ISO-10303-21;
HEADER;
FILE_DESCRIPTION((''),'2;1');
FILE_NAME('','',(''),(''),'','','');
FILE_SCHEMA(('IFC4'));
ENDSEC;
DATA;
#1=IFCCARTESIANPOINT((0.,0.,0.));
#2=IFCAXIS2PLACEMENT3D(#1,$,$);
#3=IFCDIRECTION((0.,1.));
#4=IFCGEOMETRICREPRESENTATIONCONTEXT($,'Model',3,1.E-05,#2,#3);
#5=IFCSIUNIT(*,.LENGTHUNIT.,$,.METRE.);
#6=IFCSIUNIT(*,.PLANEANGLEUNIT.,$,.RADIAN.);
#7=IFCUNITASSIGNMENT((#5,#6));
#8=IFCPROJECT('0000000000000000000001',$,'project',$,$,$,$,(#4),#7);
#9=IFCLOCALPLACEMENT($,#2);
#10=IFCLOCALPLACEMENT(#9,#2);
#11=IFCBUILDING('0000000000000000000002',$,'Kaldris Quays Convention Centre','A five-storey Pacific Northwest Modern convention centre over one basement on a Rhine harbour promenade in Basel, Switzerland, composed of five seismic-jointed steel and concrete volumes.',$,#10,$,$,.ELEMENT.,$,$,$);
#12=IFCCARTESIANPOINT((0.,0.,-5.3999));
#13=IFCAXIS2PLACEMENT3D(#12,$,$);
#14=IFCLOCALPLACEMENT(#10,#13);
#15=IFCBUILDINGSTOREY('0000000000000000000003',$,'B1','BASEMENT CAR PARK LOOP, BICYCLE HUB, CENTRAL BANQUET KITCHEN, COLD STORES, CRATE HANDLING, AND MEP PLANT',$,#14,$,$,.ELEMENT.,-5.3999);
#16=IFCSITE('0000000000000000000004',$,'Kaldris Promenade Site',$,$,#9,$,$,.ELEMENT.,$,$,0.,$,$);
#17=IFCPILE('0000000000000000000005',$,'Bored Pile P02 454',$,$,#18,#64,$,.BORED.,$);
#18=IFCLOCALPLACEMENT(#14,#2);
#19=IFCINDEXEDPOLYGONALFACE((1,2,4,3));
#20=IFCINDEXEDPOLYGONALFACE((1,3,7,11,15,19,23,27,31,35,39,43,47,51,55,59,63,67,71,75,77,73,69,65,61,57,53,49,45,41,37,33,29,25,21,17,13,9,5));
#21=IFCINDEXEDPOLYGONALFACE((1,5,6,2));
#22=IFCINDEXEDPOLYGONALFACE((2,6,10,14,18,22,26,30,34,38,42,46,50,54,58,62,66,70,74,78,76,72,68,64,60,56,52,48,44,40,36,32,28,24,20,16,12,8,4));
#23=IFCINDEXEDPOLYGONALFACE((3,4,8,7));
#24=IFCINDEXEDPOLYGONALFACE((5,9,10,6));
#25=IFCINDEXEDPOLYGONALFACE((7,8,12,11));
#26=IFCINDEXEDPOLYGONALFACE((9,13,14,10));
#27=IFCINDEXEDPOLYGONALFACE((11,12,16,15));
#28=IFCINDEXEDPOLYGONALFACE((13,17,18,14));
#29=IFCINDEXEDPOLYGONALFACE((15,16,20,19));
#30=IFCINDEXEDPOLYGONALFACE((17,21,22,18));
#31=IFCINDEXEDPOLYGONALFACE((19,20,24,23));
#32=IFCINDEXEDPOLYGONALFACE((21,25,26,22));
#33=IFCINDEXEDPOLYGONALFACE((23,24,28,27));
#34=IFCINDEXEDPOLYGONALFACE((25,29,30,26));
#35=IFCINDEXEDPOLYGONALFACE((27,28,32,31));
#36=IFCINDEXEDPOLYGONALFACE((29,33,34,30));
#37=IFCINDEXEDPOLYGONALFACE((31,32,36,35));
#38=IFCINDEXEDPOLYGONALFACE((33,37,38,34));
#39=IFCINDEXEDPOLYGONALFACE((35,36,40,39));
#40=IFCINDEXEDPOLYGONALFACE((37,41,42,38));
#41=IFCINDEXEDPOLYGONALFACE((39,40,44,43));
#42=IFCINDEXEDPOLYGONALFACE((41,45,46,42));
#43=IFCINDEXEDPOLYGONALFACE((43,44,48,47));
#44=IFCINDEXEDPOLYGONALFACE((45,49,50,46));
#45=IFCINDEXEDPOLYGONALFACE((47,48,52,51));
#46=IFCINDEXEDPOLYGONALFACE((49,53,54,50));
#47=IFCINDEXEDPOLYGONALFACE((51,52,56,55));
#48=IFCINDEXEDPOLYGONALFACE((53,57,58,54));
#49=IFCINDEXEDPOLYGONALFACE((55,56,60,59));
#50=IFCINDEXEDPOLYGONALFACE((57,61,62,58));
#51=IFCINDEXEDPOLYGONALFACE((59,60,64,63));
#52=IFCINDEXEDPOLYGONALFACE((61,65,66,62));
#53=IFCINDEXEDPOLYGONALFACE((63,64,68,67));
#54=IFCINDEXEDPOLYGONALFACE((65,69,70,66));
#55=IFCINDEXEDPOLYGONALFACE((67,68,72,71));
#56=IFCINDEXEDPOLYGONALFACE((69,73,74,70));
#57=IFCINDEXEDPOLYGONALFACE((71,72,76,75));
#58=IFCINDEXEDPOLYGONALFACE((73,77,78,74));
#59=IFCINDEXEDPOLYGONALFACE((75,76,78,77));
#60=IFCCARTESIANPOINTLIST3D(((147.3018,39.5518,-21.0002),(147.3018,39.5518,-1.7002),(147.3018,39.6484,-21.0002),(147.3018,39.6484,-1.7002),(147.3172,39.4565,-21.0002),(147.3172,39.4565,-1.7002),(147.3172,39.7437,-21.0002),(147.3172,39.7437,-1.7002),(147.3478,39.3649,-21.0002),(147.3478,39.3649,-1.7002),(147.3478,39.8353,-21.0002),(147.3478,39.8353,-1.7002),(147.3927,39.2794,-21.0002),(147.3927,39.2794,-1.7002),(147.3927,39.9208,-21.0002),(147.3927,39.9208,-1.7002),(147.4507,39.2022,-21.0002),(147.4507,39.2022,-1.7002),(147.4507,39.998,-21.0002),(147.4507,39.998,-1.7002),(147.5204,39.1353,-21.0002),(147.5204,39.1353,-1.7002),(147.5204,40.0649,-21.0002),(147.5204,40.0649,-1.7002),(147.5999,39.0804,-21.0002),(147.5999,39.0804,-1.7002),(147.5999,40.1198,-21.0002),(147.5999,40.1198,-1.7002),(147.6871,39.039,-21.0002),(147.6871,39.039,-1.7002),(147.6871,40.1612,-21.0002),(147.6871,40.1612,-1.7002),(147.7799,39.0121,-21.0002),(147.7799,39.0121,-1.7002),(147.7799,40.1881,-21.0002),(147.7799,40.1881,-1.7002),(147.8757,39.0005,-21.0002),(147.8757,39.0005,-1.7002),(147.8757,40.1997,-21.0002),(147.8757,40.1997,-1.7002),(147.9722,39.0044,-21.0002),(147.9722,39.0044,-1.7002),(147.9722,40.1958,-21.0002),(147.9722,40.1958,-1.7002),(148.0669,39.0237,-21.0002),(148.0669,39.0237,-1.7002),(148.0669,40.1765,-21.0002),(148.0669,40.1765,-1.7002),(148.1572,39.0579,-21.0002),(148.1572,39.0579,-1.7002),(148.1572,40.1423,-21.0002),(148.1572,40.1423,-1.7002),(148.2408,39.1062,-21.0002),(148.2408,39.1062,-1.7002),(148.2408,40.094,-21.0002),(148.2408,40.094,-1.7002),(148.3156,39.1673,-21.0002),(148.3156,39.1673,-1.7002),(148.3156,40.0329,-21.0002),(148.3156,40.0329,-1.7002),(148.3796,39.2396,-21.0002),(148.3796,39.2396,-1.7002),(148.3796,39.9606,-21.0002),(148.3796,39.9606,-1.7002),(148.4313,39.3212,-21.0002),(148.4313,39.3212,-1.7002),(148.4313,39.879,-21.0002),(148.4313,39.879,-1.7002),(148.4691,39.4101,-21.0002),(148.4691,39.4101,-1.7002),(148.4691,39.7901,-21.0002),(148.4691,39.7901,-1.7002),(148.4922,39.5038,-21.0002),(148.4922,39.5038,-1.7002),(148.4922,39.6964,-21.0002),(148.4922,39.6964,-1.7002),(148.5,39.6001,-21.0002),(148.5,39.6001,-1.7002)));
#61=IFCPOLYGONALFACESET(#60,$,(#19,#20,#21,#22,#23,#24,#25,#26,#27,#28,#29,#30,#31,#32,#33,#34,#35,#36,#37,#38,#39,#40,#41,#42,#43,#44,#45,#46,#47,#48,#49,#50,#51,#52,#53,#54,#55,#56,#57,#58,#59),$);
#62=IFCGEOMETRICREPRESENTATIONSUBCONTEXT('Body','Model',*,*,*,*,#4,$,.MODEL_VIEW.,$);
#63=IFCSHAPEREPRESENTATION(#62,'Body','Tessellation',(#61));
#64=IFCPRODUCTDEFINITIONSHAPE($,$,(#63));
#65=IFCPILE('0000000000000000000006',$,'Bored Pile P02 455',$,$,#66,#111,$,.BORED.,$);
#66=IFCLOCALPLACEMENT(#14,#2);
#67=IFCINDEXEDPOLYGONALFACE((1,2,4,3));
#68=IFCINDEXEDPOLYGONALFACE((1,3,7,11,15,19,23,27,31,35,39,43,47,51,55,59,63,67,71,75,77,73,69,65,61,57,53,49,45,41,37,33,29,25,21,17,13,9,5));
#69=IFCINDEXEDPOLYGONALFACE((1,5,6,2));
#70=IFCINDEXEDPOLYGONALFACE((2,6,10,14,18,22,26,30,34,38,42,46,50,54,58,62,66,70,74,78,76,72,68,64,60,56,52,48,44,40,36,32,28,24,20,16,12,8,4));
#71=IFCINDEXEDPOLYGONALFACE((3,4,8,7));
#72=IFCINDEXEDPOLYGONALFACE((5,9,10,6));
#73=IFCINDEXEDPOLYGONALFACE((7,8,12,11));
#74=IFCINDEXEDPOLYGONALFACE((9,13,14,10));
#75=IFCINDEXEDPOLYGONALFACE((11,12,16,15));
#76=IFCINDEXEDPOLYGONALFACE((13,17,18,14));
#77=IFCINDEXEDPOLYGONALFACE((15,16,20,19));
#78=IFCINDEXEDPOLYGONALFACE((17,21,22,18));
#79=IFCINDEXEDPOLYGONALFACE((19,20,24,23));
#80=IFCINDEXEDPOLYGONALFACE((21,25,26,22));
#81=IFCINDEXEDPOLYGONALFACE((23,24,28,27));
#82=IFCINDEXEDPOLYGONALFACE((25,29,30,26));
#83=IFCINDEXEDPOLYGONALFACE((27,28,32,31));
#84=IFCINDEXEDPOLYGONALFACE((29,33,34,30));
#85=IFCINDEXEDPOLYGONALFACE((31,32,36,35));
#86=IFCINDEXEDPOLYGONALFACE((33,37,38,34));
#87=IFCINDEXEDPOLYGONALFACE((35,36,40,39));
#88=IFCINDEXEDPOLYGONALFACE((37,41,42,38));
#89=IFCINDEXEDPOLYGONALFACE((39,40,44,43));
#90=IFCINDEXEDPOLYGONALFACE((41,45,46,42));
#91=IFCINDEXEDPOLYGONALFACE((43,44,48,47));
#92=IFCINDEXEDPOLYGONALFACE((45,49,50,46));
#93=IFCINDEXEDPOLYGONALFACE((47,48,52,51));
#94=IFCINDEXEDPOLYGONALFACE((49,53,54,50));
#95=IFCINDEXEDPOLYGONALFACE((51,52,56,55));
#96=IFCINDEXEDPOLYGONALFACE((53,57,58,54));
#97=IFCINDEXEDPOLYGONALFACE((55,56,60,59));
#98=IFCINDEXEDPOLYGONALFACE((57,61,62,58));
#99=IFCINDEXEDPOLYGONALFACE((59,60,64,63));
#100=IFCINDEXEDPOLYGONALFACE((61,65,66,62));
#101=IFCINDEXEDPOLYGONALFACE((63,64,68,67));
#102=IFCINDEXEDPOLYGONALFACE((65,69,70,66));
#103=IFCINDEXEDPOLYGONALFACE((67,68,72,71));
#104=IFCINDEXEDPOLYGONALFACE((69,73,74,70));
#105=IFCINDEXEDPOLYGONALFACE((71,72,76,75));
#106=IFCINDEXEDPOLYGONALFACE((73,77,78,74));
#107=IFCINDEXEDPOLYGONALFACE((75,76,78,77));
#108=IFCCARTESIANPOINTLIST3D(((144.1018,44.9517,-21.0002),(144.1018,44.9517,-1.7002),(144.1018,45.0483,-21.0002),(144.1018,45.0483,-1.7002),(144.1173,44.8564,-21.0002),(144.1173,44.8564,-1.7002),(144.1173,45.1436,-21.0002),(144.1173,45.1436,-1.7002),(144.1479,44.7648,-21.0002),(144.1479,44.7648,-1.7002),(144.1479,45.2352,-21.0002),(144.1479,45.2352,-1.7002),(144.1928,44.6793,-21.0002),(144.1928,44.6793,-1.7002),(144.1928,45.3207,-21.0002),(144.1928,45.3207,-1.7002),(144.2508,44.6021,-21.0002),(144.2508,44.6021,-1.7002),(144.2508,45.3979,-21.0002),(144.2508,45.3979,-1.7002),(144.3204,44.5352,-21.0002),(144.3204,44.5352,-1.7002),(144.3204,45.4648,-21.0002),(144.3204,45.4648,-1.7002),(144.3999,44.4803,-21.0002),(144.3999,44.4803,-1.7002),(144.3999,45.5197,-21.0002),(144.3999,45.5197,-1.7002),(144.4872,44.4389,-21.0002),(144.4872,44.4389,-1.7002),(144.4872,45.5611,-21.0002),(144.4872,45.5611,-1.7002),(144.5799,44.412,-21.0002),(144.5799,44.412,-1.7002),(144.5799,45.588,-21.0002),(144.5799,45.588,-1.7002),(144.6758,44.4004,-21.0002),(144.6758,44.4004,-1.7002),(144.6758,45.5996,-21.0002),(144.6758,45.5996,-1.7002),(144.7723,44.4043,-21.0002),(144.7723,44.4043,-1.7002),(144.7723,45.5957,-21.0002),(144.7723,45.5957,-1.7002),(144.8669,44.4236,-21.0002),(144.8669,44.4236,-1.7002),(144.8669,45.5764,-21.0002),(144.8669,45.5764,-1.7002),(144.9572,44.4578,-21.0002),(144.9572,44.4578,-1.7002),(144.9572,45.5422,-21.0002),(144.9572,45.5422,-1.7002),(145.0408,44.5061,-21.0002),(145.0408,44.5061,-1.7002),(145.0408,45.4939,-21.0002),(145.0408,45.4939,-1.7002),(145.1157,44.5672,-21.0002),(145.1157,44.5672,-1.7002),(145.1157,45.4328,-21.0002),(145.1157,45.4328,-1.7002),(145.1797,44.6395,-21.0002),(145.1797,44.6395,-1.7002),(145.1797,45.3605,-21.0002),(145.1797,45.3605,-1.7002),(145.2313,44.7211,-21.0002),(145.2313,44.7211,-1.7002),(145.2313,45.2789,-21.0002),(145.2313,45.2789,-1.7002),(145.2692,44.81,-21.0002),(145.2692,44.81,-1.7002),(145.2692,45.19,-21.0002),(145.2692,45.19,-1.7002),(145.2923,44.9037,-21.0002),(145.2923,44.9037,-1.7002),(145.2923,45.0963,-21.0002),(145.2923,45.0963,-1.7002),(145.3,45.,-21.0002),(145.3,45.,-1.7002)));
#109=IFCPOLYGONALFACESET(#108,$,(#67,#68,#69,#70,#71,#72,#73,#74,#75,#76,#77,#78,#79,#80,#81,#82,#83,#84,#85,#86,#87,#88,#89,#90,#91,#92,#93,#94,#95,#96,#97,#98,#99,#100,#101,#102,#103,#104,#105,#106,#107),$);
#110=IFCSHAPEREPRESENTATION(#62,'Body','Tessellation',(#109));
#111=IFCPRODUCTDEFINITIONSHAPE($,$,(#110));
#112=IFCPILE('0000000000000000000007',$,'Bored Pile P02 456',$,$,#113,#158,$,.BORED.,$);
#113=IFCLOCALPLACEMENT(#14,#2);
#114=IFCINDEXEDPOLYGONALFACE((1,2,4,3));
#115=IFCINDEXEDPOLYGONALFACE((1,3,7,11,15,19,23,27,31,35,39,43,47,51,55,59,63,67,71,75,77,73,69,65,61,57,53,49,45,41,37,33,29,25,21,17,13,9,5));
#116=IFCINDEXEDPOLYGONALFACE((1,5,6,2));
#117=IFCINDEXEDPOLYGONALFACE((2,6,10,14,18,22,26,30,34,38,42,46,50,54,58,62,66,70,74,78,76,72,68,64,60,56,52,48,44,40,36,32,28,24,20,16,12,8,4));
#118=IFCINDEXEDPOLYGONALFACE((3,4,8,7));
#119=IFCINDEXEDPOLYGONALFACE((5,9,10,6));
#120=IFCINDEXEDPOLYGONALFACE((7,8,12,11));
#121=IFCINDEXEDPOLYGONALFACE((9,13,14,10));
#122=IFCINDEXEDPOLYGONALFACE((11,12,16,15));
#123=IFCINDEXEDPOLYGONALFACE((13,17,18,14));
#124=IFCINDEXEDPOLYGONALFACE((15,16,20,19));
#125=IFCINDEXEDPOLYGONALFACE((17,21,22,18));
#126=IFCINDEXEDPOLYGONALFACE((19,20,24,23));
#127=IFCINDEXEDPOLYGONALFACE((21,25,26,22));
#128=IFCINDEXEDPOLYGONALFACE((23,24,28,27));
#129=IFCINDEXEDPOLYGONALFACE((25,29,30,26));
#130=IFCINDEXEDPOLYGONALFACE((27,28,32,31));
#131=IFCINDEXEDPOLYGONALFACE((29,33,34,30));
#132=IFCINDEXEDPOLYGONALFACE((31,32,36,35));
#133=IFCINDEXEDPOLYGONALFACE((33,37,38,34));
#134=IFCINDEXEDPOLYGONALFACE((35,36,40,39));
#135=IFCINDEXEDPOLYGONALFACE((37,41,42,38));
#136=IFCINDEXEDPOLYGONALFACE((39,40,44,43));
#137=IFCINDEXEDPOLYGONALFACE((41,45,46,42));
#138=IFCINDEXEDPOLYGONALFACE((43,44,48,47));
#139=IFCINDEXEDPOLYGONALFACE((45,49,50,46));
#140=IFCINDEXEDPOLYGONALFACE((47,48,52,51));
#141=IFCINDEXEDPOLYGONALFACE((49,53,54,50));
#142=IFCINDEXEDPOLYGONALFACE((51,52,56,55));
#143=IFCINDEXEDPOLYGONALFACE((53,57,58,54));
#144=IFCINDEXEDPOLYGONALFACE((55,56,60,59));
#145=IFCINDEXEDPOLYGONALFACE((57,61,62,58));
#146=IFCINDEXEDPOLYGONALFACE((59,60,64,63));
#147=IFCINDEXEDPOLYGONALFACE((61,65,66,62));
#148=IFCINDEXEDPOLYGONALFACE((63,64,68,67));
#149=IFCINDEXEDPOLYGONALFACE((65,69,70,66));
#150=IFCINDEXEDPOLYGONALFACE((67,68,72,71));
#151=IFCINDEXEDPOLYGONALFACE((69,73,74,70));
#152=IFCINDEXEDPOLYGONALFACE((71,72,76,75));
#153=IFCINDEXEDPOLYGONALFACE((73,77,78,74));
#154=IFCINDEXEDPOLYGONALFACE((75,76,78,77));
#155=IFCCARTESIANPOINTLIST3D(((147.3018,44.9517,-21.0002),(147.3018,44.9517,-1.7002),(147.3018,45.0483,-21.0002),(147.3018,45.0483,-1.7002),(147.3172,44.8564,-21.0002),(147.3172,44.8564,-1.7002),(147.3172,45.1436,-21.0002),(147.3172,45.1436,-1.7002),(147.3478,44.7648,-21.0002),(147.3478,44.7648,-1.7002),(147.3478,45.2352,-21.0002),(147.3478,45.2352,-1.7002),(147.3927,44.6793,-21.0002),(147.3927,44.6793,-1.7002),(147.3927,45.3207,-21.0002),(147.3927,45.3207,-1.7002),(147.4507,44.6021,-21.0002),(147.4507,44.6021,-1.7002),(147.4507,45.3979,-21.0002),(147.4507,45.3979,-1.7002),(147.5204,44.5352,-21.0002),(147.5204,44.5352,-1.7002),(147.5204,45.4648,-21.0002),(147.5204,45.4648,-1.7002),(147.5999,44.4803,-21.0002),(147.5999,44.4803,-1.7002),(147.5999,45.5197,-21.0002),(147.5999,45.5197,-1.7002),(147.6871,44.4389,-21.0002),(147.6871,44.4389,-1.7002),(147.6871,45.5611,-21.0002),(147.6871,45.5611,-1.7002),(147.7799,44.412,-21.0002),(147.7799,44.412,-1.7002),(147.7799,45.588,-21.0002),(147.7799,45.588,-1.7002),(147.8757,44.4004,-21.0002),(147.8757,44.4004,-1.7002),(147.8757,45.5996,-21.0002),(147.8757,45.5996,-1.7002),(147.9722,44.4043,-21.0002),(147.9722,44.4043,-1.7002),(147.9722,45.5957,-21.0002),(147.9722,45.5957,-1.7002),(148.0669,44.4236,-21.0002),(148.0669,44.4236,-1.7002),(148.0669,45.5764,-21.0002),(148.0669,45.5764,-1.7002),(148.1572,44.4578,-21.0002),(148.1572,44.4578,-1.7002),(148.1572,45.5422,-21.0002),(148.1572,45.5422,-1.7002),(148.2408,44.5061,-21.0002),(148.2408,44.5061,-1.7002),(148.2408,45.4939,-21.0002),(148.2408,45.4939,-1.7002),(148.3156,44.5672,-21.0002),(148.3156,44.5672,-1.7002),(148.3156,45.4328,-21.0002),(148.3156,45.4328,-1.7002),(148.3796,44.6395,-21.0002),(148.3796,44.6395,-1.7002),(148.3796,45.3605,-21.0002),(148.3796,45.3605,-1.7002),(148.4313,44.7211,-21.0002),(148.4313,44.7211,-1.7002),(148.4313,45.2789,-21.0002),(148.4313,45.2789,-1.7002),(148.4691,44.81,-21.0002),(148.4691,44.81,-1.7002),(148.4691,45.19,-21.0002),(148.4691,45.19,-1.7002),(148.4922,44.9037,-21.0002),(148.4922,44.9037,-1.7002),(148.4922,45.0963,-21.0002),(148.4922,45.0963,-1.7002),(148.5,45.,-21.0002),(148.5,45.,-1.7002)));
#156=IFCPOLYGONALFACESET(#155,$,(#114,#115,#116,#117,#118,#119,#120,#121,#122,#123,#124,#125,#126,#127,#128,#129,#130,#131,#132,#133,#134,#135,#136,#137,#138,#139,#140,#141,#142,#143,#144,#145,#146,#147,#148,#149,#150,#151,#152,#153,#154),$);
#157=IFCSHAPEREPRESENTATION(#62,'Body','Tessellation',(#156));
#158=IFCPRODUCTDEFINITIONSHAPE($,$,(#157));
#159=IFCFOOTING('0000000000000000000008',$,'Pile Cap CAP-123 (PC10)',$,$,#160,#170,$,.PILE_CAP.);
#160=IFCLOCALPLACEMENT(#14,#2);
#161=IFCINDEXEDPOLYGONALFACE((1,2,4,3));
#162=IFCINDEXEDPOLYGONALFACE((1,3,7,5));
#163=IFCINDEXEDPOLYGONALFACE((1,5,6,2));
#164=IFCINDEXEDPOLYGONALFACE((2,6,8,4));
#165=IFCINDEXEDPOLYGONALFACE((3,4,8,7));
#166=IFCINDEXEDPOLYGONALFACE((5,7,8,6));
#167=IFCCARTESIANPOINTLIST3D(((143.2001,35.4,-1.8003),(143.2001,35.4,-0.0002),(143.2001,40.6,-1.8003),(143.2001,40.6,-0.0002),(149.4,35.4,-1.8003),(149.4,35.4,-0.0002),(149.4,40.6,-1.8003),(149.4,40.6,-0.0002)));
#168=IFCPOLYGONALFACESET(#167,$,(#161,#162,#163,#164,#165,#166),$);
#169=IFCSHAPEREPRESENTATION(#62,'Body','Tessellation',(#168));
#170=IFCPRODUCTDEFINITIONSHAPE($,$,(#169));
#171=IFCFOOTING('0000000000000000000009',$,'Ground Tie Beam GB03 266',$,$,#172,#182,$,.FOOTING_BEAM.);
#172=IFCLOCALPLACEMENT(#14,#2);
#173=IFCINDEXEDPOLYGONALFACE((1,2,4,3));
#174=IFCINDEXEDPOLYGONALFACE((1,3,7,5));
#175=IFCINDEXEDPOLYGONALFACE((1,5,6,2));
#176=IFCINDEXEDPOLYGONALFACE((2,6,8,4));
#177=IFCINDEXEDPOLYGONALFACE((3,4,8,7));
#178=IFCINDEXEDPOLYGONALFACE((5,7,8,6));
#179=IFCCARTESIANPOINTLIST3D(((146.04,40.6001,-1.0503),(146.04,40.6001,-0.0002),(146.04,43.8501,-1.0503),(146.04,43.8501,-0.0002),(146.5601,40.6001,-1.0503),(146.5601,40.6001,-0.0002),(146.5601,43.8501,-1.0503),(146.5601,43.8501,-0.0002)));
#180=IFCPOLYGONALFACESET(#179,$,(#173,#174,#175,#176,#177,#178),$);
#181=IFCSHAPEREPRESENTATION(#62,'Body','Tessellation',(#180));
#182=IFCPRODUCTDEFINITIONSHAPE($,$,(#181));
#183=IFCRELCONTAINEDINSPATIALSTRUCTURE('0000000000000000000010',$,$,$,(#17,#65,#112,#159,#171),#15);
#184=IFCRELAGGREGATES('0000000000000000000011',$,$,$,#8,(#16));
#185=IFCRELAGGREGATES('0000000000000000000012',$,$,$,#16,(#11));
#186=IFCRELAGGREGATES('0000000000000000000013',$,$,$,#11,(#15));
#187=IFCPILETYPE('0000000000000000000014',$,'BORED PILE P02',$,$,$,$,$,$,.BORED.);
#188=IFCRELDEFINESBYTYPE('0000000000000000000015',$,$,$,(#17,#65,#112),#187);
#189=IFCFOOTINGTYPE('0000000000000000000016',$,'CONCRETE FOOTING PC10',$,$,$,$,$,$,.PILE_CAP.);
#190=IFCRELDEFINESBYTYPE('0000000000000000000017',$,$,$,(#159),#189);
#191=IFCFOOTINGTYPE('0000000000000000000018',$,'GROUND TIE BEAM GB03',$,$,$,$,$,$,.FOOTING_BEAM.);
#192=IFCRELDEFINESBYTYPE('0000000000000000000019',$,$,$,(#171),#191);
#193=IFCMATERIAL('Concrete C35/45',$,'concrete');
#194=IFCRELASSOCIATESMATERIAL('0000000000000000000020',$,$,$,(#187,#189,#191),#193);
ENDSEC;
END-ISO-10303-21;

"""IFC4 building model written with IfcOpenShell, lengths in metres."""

from ifc_helpers import new_model, si_unit, direction, frame, origin, origin_2d, place, context, subcontext, project, spatial, rectangle, circle, extrude, material, material_profile, profile_set, type_object, element, save


model = new_model("IFC4")

# Units and contexts
model_context = context("Model", 3, precision=1e-05, world=origin(), true_north=direction((0.0, 1.0)))
body_context = subcontext(model_context, "Body", "Model", "MODEL_VIEW")
ifc_project = project(units=[si_unit("LENGTHUNIT", "METRE"), si_unit("PLANEANGLEUNIT", "RADIAN")], contexts=[model_context])

# Site, building, storey
site_placement = place(None, origin())
site = spatial("IfcSite", under=ifc_project, at=site_placement, Name="Kaldris Promenade Site", CompositionType="ELEMENT", RefElevation=0.0)
building_placement = place(site_placement, origin())
building = spatial("IfcBuilding", under=site, at=building_placement, Name="Kaldris Quays Convention Centre", Description="A five-storey Pacific Northwest Modern convention centre over one basement on a Rhine harbour promenade in Basel, Switzerland, composed of five seismic-jointed steel and concrete volumes.", CompositionType="ELEMENT")
storey_placement = place(building_placement, frame((0.0, 0.0, -5.3999)))
storey = spatial("IfcBuildingStorey", under=building, at=storey_placement, Name="B1", Description="BASEMENT CAR PARK LOOP, BICYCLE HUB, CENTRAL BANQUET KITCHEN, COLD STORES, CRATE HANDLING, AND MEP PLANT", CompositionType="ELEMENT", Elevation=-5.3999)

# Piles
ifc_material_1 = material(Name="Concrete C35/45", Category="concrete")
ifc_material_profile_1 = material_profile(ifc_material_1, circle(Radius=0.6001, at=origin_2d()), Name="BORED PILE D1200")
ifc_profile_set_1 = profile_set([ifc_material_profile_1], Name="Concrete C35/45")
pile_type = type_object("IfcPileType", Name="BORED PILE P02", PredefinedType="BORED", material=ifc_profile_set_1)
for number, where, z_axis, x_axis, name in (
    (1, (147.8999, 39.6001, -1.7002), (0.0, 0.0, -1.0), (1.0, 0.0, 0.0), "Bored Pile P02 454"),
    (2, (144.7, 45.0, -1.7002), (0.0, 0.0, -1.0), (1.0, 0.0, 0.0), "Bored Pile P02 455"),
    (3, (147.8999, 45.0, -1.7002), (0.0, 0.0, -1.0), (1.0, 0.0, 0.0), "Bored Pile P02 456"),
):
    element("IfcPile", number, at=place(storey_placement, frame(where, z_axis=z_axis, x_axis=x_axis)), inside=storey, type_object=pile_type, Name=name, PredefinedType="BORED", context=body_context, shape_type="SweptSolid", body=[
        extrude(circle(Radius=0.6001, at=origin_2d()), origin(), (0.0, 0.0, 1.0), 19.3),
    ])

# Footings
footing_type_1 = type_object("IfcFootingType", Name="CONCRETE FOOTING PC10", PredefinedType="PILE_CAP", material=ifc_material_1)
footing_1_placement = place(storey_placement, frame((146.3, 38.0, -1.8003), z_axis=(0.0, 0.0, 1.0), x_axis=(1.0, 0.0, 0.0)))
element("IfcFooting", 4, at=footing_1_placement, inside=storey, type_object=footing_type_1, Name="Pile Cap CAP-123 (PC10)", PredefinedType="PILE_CAP", context=body_context, shape_type="SweptSolid", body=[
    extrude(rectangle(XDim=6.2, YDim=5.2, at=origin_2d()), origin(), (0.0, 0.0, 1.0), 1.8),
])
footing_type_2 = type_object("IfcFootingType", Name="GROUND TIE BEAM GB03", PredefinedType="FOOTING_BEAM", material=ifc_material_1)
footing_2_placement = place(storey_placement, frame((146.3, 42.2251, -1.0503), z_axis=(0.0, 0.0, 1.0), x_axis=(1.0, 0.0, 0.0)))
element("IfcFooting", 5, at=footing_2_placement, inside=storey, type_object=footing_type_2, Name="Ground Tie Beam GB03 266", PredefinedType="FOOTING_BEAM", context=body_context, shape_type="SweptSolid", body=[
    extrude(rectangle(XDim=0.52, YDim=3.25, at=origin_2d()), origin(), (0.0, 0.0, 1.0), 1.05),
])

save(model, "model.ifc")
